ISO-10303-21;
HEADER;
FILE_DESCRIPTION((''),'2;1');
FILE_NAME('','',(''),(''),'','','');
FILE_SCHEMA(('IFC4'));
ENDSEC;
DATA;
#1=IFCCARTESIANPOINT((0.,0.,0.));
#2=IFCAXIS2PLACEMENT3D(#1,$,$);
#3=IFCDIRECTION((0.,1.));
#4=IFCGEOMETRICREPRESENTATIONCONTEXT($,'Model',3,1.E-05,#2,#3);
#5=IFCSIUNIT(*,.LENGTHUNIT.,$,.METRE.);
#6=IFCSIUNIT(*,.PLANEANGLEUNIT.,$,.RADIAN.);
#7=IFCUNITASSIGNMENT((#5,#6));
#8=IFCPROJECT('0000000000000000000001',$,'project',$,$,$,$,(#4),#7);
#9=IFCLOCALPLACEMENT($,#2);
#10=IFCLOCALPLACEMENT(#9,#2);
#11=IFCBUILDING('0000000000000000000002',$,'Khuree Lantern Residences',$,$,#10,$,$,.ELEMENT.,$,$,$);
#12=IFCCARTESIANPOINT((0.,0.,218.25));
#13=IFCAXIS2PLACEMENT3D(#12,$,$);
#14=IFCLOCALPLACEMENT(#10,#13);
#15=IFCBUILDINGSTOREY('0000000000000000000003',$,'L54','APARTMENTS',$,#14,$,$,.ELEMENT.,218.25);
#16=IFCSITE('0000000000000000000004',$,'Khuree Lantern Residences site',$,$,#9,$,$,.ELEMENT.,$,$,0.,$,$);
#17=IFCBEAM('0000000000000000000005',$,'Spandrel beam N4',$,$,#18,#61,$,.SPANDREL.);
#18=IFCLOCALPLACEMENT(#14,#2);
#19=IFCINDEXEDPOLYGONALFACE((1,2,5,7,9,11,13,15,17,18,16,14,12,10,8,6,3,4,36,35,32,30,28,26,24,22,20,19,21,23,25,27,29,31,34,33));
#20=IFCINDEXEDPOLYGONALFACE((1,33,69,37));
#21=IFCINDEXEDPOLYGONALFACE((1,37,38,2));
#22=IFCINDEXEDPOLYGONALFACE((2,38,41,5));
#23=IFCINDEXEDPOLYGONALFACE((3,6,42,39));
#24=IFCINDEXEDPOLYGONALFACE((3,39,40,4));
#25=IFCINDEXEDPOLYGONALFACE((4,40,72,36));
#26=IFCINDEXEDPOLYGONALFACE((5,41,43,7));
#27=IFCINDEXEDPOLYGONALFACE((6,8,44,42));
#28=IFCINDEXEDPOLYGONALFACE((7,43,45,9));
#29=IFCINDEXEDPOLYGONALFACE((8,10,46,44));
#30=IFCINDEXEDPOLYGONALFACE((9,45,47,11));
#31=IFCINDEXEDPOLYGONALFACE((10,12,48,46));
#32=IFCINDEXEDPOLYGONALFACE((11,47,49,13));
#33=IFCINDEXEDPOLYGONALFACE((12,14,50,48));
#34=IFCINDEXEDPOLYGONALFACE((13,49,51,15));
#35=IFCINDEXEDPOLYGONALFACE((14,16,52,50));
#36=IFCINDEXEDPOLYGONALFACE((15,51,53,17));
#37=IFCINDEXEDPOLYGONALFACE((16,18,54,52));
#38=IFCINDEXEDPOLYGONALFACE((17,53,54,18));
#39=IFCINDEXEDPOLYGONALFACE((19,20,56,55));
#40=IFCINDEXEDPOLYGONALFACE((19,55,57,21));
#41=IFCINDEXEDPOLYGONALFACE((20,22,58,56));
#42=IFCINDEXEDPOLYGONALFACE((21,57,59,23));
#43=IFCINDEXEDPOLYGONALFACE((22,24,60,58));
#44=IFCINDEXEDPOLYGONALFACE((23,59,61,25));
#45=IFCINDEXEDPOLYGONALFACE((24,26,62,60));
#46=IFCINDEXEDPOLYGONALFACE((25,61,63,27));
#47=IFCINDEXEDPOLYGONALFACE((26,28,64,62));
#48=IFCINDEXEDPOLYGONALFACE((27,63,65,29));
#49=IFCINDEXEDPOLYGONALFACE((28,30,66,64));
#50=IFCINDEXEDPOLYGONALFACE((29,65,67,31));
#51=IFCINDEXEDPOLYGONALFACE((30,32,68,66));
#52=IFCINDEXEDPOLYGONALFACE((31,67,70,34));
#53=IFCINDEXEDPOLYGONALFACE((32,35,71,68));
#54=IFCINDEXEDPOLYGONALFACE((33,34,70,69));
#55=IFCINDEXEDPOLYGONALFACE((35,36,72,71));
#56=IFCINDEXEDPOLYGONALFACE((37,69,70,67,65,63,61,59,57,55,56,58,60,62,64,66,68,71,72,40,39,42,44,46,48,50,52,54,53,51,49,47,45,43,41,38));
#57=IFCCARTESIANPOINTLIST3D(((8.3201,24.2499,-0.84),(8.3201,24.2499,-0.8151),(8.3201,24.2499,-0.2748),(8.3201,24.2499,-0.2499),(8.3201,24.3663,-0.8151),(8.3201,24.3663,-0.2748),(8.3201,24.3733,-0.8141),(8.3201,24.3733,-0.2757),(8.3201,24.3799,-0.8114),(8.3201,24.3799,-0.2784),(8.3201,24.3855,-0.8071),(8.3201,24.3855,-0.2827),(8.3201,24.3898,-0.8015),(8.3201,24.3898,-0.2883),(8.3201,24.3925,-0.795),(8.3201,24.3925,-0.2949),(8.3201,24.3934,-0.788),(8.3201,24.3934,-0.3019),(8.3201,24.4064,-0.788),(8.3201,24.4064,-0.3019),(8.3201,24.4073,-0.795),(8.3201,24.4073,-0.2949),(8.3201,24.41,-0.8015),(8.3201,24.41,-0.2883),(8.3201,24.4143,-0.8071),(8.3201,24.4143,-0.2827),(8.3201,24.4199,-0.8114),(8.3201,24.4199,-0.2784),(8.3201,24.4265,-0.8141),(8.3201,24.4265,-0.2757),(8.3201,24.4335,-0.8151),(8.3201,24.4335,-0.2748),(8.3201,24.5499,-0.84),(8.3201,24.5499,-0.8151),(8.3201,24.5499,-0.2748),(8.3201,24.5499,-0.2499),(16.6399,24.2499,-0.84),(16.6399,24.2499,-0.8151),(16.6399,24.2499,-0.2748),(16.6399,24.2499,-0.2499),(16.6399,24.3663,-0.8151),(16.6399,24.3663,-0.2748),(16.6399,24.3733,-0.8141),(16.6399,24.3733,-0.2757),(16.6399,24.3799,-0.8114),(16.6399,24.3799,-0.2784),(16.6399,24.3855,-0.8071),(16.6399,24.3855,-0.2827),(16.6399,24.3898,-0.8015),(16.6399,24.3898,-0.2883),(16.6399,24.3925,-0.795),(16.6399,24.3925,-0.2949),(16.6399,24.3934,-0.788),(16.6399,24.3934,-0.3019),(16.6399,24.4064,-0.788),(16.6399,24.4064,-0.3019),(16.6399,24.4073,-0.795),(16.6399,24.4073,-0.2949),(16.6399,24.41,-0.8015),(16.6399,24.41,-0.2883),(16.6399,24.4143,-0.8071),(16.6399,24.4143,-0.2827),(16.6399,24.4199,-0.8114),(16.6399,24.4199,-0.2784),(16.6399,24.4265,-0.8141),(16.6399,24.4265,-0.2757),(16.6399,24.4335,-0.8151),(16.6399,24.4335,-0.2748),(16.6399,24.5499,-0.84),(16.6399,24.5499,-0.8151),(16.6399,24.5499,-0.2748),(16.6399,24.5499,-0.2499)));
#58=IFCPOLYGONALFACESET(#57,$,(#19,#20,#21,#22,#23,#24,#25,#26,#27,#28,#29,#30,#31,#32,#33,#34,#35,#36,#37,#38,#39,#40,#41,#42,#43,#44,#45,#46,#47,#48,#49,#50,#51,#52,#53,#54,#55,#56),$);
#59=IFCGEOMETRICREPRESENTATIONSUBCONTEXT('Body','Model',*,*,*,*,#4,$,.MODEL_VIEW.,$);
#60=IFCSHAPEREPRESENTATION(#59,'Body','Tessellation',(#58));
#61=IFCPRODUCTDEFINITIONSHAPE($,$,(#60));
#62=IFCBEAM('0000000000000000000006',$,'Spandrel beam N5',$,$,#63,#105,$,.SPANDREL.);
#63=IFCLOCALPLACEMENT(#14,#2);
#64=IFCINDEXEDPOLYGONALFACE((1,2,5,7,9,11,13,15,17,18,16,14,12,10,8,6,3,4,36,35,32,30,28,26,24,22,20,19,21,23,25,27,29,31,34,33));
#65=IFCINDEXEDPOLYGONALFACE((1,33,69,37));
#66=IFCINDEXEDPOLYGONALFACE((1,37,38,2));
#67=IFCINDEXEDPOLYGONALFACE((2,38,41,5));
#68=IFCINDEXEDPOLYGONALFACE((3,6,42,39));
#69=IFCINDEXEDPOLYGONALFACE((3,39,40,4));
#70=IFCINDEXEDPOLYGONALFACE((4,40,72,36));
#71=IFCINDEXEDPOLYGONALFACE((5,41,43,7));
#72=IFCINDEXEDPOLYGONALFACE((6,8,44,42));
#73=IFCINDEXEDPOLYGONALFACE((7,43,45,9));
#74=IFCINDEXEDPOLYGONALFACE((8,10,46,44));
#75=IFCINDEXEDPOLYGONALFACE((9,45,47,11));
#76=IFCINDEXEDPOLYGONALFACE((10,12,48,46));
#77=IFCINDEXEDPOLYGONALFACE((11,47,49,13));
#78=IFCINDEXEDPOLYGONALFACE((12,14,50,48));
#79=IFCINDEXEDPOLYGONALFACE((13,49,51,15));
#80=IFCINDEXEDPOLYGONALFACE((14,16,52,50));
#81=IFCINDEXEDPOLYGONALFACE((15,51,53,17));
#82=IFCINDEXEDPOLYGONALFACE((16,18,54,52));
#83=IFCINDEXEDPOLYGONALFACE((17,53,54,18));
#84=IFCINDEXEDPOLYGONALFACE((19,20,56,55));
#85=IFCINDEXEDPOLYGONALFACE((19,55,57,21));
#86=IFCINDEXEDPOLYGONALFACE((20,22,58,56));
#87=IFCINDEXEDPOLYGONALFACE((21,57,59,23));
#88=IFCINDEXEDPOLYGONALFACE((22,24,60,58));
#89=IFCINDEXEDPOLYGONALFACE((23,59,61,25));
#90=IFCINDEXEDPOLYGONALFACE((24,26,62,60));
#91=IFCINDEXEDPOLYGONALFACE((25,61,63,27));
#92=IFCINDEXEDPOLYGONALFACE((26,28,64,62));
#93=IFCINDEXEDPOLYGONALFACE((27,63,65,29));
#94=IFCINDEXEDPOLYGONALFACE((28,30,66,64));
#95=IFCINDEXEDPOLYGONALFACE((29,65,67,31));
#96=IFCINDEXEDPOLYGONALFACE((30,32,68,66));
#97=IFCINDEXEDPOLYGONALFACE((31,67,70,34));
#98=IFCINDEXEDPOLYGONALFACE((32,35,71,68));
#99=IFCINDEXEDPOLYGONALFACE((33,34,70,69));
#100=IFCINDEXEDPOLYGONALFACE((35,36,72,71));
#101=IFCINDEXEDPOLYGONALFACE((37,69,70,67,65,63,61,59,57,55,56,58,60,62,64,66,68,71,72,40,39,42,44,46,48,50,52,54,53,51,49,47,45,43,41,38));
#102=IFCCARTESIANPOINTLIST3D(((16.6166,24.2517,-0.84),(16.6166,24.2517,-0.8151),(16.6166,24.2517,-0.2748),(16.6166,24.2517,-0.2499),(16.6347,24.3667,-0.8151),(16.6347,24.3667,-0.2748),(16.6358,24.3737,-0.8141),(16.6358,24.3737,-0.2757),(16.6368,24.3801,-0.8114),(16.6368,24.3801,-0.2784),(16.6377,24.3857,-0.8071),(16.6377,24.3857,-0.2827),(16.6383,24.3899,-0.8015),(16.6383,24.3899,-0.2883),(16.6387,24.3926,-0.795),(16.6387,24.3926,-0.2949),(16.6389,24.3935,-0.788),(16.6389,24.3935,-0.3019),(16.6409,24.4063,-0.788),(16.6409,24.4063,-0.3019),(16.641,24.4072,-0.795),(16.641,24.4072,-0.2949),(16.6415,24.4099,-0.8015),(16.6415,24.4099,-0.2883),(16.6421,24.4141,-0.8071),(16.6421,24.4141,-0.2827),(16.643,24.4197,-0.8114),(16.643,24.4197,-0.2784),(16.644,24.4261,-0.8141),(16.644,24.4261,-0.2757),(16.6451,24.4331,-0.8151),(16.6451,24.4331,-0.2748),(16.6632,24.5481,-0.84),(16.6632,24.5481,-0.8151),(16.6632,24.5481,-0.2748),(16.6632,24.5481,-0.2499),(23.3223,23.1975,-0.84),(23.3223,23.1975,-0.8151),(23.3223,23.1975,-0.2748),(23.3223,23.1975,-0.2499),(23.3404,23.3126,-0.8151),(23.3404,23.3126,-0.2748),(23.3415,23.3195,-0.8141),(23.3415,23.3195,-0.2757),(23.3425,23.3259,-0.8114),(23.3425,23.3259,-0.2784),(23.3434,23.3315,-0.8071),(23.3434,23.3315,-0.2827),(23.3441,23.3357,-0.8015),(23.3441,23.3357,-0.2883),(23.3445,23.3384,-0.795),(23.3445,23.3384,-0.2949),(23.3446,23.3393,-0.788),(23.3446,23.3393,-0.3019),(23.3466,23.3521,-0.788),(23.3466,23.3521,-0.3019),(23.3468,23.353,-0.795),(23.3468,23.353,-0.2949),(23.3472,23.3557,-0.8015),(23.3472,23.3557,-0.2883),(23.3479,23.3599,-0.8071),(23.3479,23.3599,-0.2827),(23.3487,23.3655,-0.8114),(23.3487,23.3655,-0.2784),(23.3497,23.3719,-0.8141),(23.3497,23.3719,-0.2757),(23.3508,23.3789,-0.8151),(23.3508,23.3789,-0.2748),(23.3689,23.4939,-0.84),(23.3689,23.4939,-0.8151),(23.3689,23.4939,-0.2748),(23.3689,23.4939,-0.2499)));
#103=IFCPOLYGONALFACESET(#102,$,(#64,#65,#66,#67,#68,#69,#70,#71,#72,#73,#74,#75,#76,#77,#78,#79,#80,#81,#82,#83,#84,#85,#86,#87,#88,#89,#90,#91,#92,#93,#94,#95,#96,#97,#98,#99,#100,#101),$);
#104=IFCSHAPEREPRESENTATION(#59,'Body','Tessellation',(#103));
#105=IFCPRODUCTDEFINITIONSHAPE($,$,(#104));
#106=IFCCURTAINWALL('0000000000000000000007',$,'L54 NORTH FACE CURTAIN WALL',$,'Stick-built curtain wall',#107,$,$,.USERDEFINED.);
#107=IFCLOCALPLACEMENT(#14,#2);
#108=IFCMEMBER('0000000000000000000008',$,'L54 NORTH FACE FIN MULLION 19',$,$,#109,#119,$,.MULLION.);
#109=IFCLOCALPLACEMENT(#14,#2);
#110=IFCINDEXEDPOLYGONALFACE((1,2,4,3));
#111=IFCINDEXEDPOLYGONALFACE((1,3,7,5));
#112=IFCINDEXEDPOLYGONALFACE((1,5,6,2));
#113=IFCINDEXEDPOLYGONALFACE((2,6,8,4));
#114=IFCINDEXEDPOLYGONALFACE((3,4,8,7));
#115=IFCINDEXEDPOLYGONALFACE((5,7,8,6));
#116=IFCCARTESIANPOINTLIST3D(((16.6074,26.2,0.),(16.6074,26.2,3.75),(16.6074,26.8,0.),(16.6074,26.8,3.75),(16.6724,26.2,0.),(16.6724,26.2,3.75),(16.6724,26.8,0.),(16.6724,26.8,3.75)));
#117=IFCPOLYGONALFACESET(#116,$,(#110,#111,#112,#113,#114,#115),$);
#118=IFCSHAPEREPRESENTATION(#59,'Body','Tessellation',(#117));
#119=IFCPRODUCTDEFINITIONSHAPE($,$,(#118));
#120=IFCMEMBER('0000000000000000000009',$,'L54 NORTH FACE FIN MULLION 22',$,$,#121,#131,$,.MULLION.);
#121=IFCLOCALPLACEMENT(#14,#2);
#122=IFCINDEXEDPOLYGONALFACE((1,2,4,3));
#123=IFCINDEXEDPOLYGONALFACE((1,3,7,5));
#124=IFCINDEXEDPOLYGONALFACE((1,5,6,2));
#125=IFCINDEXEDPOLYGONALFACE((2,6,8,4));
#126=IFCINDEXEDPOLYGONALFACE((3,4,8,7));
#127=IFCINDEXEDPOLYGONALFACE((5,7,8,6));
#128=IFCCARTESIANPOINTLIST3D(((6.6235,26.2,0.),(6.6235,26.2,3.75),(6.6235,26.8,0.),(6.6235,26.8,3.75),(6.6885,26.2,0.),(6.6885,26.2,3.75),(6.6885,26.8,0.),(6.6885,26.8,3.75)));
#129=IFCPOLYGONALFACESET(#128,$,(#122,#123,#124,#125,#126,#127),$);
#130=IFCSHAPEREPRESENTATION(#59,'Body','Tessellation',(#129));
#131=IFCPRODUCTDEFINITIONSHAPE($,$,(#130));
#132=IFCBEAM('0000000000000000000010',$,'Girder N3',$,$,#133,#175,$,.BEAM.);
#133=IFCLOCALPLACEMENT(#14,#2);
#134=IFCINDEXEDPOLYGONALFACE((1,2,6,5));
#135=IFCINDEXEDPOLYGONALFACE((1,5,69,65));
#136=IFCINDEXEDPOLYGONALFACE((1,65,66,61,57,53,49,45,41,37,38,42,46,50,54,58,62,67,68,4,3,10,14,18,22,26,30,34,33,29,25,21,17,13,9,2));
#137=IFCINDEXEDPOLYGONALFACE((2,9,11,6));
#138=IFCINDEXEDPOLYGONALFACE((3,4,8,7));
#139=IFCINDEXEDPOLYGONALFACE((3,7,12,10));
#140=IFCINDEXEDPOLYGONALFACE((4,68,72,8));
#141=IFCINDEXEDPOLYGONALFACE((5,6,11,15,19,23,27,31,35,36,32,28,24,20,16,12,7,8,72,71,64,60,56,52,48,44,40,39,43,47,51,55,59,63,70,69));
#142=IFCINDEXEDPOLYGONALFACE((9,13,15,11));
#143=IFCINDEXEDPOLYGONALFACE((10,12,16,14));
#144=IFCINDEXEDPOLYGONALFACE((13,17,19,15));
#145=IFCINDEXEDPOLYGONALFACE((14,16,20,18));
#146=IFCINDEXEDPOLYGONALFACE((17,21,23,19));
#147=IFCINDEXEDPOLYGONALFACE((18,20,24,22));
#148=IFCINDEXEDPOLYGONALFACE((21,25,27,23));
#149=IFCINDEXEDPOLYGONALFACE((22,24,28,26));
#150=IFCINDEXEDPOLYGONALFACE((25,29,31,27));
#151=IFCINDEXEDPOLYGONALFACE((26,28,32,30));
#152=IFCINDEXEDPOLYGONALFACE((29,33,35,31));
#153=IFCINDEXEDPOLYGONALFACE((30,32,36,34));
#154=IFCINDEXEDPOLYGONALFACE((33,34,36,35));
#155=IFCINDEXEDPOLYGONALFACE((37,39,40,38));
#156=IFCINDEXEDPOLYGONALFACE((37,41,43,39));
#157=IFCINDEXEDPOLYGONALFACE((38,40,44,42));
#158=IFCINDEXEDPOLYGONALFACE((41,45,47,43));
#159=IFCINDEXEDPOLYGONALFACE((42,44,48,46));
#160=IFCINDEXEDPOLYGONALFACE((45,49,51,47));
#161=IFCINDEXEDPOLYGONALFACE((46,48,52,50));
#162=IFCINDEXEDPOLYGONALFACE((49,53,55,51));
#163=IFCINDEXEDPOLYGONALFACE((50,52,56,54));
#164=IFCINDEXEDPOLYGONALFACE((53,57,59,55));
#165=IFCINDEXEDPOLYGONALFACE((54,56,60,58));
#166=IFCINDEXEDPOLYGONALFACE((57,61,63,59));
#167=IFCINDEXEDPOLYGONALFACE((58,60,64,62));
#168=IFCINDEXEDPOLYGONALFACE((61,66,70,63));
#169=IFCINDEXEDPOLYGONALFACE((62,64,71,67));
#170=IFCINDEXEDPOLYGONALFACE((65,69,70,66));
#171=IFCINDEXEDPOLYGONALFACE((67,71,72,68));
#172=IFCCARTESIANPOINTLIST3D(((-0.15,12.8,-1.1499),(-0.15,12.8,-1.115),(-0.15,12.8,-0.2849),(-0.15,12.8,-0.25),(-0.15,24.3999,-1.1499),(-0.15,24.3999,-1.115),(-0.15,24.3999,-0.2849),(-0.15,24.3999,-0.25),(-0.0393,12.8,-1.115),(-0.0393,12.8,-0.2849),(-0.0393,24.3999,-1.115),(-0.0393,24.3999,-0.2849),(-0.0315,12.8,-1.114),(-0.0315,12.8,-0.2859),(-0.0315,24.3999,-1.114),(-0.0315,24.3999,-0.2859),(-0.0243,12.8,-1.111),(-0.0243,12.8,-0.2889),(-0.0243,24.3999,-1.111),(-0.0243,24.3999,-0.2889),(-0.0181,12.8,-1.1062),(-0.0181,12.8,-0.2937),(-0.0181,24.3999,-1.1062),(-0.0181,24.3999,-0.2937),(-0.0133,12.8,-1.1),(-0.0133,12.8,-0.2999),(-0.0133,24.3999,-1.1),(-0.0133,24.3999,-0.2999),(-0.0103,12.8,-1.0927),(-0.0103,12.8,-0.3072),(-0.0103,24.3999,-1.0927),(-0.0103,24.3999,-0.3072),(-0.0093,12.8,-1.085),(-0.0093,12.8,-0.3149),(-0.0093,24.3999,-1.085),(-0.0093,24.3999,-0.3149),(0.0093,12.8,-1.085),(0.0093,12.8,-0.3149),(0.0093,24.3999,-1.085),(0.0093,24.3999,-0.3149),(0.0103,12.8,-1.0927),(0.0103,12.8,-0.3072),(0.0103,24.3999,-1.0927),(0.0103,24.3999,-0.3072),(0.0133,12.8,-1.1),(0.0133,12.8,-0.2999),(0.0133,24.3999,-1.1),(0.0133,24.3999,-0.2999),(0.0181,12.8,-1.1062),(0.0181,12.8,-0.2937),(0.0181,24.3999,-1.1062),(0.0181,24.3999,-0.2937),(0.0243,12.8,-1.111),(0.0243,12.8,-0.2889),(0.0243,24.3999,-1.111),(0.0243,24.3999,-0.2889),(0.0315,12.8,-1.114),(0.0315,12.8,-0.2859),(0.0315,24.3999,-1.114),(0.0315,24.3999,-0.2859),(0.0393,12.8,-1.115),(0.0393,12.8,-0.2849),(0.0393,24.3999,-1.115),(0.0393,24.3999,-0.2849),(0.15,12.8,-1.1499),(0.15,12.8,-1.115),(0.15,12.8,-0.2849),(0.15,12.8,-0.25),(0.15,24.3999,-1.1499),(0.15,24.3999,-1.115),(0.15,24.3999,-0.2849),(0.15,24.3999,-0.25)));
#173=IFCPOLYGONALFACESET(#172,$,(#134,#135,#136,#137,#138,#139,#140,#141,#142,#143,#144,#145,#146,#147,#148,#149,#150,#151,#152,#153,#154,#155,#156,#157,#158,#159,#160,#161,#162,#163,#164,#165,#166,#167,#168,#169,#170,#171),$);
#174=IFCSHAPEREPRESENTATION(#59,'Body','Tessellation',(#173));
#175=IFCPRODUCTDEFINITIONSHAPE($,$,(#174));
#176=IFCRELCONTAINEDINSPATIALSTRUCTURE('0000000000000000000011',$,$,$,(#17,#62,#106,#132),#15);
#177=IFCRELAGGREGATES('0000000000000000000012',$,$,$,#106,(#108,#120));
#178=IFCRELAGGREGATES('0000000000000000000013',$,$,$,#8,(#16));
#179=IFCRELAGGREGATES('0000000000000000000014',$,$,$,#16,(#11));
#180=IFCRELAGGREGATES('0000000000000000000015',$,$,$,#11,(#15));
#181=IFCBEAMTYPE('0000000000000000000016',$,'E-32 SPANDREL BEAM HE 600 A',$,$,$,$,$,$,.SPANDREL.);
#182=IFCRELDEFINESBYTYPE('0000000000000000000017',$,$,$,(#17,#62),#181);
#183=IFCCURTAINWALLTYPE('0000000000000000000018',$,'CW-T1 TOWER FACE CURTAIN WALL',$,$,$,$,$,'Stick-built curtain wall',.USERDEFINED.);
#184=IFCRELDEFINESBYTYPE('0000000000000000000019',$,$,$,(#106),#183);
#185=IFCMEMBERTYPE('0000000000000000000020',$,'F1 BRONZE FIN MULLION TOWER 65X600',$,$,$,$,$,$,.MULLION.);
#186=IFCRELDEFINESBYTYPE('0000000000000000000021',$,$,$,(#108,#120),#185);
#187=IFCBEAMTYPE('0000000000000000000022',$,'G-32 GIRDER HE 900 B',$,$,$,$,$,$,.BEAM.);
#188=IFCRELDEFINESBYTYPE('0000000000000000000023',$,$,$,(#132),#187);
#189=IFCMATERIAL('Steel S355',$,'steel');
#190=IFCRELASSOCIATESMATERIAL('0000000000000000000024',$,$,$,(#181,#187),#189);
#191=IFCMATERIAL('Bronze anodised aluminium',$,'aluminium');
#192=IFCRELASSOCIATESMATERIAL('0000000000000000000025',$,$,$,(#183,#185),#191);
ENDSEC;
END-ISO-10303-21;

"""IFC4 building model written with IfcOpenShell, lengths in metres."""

from ifc_helpers import new_model, si_unit, direction, frame, origin, origin_2d, place, context, subcontext, project, spatial, rectangle, i_section, extrude, material, material_profile, profile_set, type_object, element, aggregate, save


model = new_model("IFC4")

# Units and contexts
model_context = context("Model", 3, precision=1e-05, world=origin(), true_north=direction((0.0, 1.0)))
body_context = subcontext(model_context, "Body", "Model", "MODEL_VIEW")
ifc_project = project(units=[si_unit("LENGTHUNIT", "METRE"), si_unit("PLANEANGLEUNIT", "RADIAN")], contexts=[model_context])

# Site, building, storey
site_placement = place(None, origin())
site = spatial("IfcSite", under=ifc_project, at=site_placement, Name="Khuree Lantern Residences site", CompositionType="ELEMENT", RefElevation=0.0)
building_placement = place(site_placement, origin())
building = spatial("IfcBuilding", under=site, at=building_placement, Name="Khuree Lantern Residences", CompositionType="ELEMENT")
storey_placement = place(building_placement, frame((0.0, 0.0, 218.25)))
storey = spatial("IfcBuildingStorey", under=building, at=storey_placement, Name="L54", Description="APARTMENTS", CompositionType="ELEMENT", Elevation=218.25)

# Beams
ifc_material_1 = material(Name="Steel S355", Category="steel")
ifc_material_profile_1 = material_profile(ifc_material_1, i_section(OverallWidth=0.3, OverallDepth=0.5901, WebThickness=0.0129, FlangeThickness=0.0249, FilletRadius=0.0271, at=origin_2d()), Name="HE 600 A")
ifc_profile_set_1 = profile_set([ifc_material_profile_1], Name="Steel S355")
beam_type_1 = type_object("IfcBeamType", Name="E-32 SPANDREL BEAM HE 600 A", PredefinedType="SPANDREL", material=ifc_profile_set_1)
beam_1_placement = place(storey_placement, frame((8.3201, 24.3999, -0.5449), z_axis=(1.0, 0.0, 0.0), x_axis=(0.0, 1.0, 0.0)))
element("IfcBeam", 1, at=beam_1_placement, inside=storey, type_object=beam_type_1, Name="Spandrel beam N4", PredefinedType="SPANDREL", context=body_context, shape_type="SweptSolid", body=[
    extrude(i_section(OverallWidth=0.3, OverallDepth=0.5901, WebThickness=0.0129, FlangeThickness=0.0249, FilletRadius=0.0271, at=origin_2d()), origin(), (0.0, 0.0, 1.0), 8.3198),
])
beam_2_placement = place(storey_placement, frame((16.6399, 24.3999, -0.5449), z_axis=(0.987867, -0.1553, 0.0), x_axis=(0.1553, 0.987867, 0.0)))
element("IfcBeam", 2, at=beam_2_placement, inside=storey, type_object=beam_type_1, Name="Spandrel beam N5", PredefinedType="SPANDREL", context=body_context, shape_type="SweptSolid", body=[
    extrude(i_section(OverallWidth=0.3, OverallDepth=0.5901, WebThickness=0.0129, FlangeThickness=0.0249, FilletRadius=0.0271, at=origin_2d()), origin(), (0.0, 0.0, 1.0), 6.7881),
])

# Curtain wall, members
ifc_material_2 = material(Name="Bronze anodised aluminium", Category="aluminium")
curtain_wall_type = type_object("IfcCurtainWallType", Name="CW-T1 TOWER FACE CURTAIN WALL", ElementType="Stick-built curtain wall", PredefinedType="USERDEFINED", material=ifc_material_2)
curtain_wall_placement = place(storey_placement, origin())
curtain_wall = element("IfcCurtainWall", 3, at=curtain_wall_placement, inside=storey, type_object=curtain_wall_type, Name="L54 NORTH FACE CURTAIN WALL", ObjectType="Stick-built curtain wall", PredefinedType="USERDEFINED")
ifc_material_profile_2 = material_profile(ifc_material_2, rectangle(XDim=0.0649, YDim=0.6001, at=origin_2d()), Name="F1 65X600")
ifc_profile_set_2 = profile_set([ifc_material_profile_2], Name="Bronze anodised aluminium")
member_type_1 = type_object("IfcMemberType", Name="F1 BRONZE FIN MULLION TOWER 65X600", PredefinedType="MULLION", material=ifc_profile_set_2)
member_1_placement = place(storey_placement, frame((16.6399, 26.5, 0.0), z_axis=(0.0, 0.0, 1.0), x_axis=(-1.0, 0.0, 0.0)))
member_1 = element("IfcMember", 4, at=member_1_placement, type_object=member_type_1, Name="L54 NORTH FACE FIN MULLION 19", PredefinedType="MULLION", context=body_context, shape_type="SweptSolid", body=[
    extrude(rectangle(XDim=0.0649, YDim=0.6001, at=origin_2d()), origin(), (0.0, 0.0, 1.0), 3.75),
])
member_2_placement = place(storey_placement, frame((6.656, 26.5, 0.0), z_axis=(0.0, 0.0, 1.0), x_axis=(-1.0, 0.0, 0.0)))
member_2 = element("IfcMember", 5, at=member_2_placement, type_object=member_type_1, Name="L54 NORTH FACE FIN MULLION 22", PredefinedType="MULLION", context=body_context, shape_type="SweptSolid", body=[
    extrude(rectangle(XDim=0.0649, YDim=0.6001, at=origin_2d()), origin(), (0.0, 0.0, 1.0), 3.75),
])

# Beam
ifc_material_profile_3 = material_profile(ifc_material_1, i_section(OverallWidth=0.3, OverallDepth=0.8999, WebThickness=0.0186, FlangeThickness=0.0349, FilletRadius=0.03, at=origin_2d()), Name="HE 900 B")
ifc_profile_set_3 = profile_set([ifc_material_profile_3], Name="Steel S355")
beam_type_2 = type_object("IfcBeamType", Name="G-32 GIRDER HE 900 B", PredefinedType="BEAM", material=ifc_profile_set_3)
for number, where, z_axis, x_axis, name in (
    (6, (0.0, 24.3999, -0.7), (0.0, -1.0, 0.0), (1.0, 0.0, 0.0), "Girder N3"),
):
    element("IfcBeam", number, at=place(storey_placement, frame(where, z_axis=z_axis, x_axis=x_axis)), inside=storey, type_object=beam_type_2, Name=name, PredefinedType="BEAM", context=body_context, shape_type="SweptSolid", body=[
        extrude(i_section(OverallWidth=0.3, OverallDepth=0.8999, WebThickness=0.0186, FlangeThickness=0.0349, FilletRadius=0.03, at=origin_2d()), origin(), (0.0, 0.0, 1.0), 11.5999),
    ])

aggregate(curtain_wall, [member_1, member_2])

save(model, "model.ifc")
